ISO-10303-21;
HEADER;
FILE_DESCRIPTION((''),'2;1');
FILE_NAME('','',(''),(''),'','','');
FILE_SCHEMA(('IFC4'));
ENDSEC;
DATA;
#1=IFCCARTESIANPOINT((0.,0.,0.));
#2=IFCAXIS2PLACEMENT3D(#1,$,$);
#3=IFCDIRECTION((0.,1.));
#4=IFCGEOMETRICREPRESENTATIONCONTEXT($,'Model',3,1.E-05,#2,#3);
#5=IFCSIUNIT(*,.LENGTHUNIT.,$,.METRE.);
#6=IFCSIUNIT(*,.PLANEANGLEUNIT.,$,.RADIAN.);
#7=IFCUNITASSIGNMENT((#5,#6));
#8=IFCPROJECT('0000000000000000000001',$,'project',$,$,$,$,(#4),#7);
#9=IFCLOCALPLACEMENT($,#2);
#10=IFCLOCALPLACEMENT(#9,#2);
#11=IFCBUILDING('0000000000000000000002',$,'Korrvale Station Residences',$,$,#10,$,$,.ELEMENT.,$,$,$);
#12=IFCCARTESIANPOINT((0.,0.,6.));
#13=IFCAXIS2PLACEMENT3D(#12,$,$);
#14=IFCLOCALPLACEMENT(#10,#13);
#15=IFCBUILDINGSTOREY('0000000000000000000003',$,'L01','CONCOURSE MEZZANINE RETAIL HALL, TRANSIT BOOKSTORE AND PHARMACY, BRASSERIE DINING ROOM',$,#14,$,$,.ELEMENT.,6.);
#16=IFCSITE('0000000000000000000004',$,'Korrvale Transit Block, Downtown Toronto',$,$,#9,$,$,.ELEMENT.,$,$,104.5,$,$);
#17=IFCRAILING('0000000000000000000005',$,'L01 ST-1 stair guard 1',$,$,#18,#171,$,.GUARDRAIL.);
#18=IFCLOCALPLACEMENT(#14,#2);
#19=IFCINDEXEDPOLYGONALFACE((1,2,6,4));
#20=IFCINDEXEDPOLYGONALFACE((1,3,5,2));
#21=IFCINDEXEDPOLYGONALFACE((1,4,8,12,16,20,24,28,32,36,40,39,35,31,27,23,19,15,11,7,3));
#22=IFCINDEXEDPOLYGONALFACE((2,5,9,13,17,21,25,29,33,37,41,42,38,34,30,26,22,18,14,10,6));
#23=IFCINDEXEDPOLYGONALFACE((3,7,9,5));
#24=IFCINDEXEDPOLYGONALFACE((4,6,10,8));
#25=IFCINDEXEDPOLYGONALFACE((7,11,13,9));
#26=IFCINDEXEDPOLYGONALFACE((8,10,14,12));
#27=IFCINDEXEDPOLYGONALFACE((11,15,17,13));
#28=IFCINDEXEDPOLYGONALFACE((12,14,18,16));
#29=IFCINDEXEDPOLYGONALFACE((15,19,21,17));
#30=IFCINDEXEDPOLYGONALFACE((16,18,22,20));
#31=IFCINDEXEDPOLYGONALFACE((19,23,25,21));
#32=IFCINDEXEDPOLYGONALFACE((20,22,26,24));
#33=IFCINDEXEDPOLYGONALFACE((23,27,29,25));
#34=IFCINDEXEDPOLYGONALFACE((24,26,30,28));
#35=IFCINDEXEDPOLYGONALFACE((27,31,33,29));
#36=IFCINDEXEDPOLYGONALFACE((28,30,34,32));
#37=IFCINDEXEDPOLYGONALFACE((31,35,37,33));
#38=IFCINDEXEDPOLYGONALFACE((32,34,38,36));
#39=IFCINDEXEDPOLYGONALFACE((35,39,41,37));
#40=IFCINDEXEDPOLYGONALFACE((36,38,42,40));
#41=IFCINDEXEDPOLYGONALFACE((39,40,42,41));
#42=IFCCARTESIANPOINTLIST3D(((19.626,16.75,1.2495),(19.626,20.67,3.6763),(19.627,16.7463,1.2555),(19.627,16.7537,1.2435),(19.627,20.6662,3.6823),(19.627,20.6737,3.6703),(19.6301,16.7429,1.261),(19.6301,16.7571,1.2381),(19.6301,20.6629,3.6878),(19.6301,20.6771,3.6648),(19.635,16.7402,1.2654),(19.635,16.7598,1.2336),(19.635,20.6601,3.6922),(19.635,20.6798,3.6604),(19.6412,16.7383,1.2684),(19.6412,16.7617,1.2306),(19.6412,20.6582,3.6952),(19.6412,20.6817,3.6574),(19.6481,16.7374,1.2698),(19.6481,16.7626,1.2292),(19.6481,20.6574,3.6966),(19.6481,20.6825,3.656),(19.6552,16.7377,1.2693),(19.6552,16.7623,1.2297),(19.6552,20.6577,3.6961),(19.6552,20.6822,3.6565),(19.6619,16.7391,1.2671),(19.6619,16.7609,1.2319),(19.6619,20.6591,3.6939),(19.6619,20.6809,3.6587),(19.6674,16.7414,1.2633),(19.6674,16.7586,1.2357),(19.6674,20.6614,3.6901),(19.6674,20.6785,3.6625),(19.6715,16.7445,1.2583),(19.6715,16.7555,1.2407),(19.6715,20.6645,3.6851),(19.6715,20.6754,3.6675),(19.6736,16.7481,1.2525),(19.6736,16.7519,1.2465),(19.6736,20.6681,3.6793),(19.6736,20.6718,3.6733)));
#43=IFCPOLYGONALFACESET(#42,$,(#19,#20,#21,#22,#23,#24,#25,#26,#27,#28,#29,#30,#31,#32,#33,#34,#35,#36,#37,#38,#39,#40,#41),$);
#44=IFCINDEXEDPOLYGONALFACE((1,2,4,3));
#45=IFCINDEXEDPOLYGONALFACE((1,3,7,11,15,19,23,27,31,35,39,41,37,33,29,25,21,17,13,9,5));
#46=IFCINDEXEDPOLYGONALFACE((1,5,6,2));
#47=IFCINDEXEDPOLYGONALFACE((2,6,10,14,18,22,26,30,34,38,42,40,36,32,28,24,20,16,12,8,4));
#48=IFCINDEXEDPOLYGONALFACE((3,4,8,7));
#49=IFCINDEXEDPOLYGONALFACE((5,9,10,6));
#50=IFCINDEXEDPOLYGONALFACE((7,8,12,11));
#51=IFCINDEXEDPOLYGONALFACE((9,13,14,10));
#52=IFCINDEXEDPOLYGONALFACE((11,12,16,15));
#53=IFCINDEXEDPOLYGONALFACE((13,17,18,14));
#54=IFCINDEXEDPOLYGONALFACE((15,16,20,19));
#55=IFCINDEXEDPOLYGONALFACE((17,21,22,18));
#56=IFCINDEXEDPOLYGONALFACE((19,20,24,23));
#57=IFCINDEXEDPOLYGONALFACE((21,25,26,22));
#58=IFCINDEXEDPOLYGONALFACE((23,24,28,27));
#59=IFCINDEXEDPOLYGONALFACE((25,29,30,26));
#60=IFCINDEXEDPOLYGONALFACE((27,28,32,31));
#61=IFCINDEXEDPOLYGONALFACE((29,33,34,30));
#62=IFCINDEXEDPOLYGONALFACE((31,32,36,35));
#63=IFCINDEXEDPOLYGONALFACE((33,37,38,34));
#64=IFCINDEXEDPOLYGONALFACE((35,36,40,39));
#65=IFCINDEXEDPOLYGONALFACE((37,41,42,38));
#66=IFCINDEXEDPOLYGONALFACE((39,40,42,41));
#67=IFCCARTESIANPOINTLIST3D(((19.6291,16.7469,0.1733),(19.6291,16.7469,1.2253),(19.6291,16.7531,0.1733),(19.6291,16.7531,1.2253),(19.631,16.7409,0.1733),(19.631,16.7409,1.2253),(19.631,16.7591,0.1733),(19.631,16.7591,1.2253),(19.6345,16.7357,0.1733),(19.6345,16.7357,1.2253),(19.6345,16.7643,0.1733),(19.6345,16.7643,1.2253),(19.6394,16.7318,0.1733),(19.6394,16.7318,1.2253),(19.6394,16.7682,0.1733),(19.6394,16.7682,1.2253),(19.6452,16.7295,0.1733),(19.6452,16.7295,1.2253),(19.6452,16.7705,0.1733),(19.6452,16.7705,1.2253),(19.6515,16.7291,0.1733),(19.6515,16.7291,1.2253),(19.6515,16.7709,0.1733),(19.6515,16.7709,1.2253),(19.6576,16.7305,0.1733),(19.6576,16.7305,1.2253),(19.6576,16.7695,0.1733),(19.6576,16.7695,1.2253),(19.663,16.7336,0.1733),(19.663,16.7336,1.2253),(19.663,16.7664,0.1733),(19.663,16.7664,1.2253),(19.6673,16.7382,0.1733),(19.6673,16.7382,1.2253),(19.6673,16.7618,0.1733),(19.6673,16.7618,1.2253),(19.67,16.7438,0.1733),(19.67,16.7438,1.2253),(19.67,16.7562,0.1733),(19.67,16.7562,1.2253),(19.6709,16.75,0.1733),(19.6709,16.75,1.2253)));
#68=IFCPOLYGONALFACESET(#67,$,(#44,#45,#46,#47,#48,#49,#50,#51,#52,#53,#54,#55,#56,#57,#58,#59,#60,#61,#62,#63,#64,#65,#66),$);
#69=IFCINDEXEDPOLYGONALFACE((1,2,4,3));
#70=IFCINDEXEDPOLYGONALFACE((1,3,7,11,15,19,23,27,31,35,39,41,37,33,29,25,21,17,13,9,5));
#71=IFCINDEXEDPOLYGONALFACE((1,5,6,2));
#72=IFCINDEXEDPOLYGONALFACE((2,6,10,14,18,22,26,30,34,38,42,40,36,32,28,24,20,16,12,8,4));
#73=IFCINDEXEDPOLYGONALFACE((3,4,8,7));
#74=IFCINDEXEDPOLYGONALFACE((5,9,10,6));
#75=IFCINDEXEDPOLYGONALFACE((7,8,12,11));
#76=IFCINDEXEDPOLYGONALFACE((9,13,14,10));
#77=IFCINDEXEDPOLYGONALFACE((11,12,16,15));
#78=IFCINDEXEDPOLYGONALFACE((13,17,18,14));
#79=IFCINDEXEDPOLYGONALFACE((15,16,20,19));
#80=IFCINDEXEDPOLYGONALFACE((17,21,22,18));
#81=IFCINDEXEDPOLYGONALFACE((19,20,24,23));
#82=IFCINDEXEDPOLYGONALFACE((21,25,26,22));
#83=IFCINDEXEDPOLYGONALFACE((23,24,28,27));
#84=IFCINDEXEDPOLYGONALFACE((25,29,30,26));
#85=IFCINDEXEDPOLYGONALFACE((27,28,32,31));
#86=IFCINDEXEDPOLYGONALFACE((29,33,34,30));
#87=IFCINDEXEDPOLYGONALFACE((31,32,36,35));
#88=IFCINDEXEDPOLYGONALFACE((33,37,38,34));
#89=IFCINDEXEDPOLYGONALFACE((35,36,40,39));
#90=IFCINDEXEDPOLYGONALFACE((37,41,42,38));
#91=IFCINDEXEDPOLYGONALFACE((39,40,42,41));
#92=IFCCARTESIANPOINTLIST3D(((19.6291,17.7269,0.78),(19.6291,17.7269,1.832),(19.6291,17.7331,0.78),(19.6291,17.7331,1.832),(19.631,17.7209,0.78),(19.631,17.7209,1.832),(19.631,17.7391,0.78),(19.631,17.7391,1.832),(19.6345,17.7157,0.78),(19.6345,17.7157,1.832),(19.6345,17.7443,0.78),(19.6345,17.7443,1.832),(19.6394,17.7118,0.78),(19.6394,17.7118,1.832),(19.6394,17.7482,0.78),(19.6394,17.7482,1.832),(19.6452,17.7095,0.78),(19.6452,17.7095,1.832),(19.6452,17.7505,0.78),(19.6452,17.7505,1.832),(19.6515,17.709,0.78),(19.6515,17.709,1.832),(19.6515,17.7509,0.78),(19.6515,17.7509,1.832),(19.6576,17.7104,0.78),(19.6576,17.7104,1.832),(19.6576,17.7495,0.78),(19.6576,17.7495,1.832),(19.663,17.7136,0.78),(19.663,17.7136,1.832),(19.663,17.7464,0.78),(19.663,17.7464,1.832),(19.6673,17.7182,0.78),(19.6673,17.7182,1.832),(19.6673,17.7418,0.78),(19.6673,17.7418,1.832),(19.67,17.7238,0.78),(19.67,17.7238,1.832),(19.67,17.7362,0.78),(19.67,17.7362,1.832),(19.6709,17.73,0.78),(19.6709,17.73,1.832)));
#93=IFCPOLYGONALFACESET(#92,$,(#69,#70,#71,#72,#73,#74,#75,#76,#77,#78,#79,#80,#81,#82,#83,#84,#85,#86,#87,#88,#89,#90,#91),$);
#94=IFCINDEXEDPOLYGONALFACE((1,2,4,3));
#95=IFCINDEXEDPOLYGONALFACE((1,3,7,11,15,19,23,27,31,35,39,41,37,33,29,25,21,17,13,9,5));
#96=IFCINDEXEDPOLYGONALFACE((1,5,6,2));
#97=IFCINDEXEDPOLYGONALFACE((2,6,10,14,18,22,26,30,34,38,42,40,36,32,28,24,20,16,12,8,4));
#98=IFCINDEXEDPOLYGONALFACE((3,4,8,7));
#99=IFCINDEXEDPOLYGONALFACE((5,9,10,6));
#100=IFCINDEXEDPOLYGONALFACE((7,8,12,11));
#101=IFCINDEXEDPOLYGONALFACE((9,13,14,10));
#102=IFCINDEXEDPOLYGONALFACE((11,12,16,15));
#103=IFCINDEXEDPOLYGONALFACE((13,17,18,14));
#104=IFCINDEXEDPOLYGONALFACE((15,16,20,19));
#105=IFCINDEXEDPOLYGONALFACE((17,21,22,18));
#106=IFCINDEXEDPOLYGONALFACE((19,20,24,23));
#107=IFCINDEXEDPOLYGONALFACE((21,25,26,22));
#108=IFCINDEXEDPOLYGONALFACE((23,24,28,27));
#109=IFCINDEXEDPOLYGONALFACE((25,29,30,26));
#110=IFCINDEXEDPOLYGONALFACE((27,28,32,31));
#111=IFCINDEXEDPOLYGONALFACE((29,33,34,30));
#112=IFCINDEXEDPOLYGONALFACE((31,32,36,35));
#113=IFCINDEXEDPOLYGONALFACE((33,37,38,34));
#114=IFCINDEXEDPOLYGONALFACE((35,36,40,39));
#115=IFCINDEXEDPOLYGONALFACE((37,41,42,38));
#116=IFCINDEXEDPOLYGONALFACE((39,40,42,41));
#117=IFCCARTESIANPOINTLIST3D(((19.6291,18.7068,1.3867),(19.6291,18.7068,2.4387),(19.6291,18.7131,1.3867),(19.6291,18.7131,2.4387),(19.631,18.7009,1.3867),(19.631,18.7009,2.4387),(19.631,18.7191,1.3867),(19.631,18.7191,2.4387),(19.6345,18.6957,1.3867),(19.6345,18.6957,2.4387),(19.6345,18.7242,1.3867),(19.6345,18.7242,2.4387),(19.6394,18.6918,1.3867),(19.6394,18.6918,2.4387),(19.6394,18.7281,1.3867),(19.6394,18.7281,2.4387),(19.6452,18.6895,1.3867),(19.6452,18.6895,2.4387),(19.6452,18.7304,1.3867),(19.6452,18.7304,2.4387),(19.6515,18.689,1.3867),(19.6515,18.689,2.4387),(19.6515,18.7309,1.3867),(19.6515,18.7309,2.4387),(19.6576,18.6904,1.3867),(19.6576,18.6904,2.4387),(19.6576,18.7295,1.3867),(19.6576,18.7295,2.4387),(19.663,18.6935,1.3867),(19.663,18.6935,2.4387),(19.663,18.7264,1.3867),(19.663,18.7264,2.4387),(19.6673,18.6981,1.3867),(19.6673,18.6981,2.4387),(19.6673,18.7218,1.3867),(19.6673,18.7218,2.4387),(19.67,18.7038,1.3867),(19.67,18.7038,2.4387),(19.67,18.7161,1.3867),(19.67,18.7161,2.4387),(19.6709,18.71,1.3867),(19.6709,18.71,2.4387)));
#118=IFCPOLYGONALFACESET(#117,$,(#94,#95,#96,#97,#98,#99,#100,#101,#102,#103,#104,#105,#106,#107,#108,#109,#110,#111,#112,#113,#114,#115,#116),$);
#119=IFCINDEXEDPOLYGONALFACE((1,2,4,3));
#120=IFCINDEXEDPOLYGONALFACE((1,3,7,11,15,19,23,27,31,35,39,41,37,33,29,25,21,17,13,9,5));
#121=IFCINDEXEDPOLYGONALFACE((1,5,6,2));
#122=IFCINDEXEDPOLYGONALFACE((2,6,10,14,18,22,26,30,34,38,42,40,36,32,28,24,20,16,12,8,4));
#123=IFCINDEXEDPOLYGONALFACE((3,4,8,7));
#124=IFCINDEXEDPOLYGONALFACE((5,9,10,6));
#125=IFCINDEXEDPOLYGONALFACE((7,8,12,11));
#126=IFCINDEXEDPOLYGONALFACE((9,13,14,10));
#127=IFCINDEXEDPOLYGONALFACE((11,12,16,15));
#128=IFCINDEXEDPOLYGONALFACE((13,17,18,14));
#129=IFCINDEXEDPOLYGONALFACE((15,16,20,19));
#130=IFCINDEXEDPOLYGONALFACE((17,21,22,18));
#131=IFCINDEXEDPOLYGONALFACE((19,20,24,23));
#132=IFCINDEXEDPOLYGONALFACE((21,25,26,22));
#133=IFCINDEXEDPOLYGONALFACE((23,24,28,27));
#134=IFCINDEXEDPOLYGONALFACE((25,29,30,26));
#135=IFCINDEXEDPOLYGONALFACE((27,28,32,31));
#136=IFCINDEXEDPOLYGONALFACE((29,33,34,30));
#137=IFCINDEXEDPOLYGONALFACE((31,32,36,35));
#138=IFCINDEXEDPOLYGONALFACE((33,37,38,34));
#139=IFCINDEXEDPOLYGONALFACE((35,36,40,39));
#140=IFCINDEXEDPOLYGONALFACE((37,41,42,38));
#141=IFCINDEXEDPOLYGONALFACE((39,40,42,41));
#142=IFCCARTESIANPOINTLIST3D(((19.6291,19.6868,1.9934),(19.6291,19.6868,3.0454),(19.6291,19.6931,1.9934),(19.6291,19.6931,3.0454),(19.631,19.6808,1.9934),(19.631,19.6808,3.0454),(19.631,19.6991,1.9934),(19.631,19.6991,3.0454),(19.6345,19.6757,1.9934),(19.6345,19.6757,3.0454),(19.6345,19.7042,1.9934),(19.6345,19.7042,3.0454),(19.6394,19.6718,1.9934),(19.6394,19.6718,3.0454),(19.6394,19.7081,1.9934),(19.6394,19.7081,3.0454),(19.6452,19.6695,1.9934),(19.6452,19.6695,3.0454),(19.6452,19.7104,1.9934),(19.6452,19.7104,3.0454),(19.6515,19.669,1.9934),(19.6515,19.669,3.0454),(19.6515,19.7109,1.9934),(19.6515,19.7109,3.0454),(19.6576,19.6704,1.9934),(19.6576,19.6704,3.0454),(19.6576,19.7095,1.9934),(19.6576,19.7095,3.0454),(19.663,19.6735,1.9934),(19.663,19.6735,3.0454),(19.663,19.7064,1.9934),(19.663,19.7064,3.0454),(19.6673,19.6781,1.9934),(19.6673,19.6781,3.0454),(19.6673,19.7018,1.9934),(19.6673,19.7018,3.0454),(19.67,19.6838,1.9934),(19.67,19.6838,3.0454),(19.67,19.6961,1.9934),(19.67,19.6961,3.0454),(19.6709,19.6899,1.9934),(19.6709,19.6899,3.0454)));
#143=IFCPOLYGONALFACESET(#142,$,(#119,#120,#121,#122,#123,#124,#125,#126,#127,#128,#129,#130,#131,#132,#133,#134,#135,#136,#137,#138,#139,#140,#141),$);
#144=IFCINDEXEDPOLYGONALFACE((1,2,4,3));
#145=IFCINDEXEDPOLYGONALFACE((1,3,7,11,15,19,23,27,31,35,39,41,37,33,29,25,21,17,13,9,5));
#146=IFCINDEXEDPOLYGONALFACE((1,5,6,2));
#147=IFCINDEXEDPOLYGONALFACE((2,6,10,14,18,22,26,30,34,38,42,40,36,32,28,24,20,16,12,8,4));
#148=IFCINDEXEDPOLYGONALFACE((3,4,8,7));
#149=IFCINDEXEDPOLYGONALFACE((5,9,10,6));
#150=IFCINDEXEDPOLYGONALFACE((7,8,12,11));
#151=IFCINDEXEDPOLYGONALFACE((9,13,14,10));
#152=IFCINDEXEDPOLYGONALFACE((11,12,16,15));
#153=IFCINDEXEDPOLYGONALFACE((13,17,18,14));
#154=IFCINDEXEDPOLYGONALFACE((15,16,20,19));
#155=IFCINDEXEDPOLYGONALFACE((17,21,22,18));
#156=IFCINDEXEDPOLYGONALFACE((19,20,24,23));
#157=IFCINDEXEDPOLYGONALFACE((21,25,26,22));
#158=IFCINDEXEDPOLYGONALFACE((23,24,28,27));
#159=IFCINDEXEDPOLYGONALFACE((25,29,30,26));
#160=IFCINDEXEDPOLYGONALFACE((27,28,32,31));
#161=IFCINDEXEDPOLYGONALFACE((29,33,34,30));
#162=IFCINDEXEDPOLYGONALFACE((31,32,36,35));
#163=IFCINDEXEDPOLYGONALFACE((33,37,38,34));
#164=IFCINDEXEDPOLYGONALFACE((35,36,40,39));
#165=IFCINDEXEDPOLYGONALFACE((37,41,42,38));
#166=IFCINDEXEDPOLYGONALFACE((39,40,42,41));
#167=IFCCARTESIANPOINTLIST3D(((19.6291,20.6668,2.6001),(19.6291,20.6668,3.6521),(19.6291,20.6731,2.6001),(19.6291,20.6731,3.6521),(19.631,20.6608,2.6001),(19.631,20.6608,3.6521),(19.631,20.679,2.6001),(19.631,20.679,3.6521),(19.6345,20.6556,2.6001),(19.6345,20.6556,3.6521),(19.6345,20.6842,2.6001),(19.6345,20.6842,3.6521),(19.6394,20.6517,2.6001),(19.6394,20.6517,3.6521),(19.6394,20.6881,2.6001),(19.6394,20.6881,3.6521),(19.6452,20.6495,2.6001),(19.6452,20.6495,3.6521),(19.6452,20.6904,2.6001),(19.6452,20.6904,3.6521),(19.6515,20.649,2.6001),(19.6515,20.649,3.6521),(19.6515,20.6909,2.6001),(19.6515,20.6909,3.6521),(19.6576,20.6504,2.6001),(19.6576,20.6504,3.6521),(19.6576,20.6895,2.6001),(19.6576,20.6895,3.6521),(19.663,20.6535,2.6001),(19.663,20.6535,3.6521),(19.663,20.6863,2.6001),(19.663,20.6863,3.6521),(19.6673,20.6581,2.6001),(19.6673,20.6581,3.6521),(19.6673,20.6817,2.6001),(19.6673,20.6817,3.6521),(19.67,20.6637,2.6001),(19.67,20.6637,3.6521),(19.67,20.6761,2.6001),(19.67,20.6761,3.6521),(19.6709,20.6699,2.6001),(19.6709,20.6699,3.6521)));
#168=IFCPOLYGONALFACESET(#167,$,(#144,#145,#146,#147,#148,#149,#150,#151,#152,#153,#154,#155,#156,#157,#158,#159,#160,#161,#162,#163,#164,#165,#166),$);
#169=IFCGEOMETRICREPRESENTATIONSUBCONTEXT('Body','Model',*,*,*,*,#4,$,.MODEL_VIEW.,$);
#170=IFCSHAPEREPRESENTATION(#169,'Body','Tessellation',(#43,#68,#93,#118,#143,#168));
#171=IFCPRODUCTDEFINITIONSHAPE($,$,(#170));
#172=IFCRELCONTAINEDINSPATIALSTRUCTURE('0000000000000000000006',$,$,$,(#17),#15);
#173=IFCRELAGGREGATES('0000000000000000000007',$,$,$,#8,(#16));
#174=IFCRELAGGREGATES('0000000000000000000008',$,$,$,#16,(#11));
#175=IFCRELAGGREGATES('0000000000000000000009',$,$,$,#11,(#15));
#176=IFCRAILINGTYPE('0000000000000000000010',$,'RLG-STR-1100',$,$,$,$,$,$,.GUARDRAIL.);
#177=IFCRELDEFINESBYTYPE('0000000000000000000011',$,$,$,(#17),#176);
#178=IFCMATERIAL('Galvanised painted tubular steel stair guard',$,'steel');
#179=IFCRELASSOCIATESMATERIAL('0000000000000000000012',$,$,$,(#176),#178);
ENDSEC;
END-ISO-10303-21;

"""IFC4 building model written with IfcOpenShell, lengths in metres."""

from ifc_helpers import new_model, si_unit, direction, frame, origin, origin_2d, place, context, subcontext, project, spatial, circle, extrude, material, type_object, element, save


model = new_model("IFC4")

# Units and contexts
model_context = context("Model", 3, precision=1e-05, world=origin(), true_north=direction((0.0, 1.0)))
body_context = subcontext(model_context, "Body", "Model", "MODEL_VIEW")
ifc_project = project(units=[si_unit("LENGTHUNIT", "METRE"), si_unit("PLANEANGLEUNIT", "RADIAN")], contexts=[model_context])

# Site, building, storey
site_placement = place(None, origin())
site = spatial("IfcSite", under=ifc_project, at=site_placement, Name="Korrvale Transit Block, Downtown Toronto", CompositionType="ELEMENT", RefElevation=104.5)
building_placement = place(site_placement, origin())
building = spatial("IfcBuilding", under=site, at=building_placement, Name="Korrvale Station Residences", CompositionType="ELEMENT")
storey_placement = place(building_placement, frame((0.0, 0.0, 6.0)))
storey = spatial("IfcBuildingStorey", under=building, at=storey_placement, Name="L01", Description="CONCOURSE MEZZANINE RETAIL HALL, TRANSIT BOOKSTORE AND PHARMACY, BRASSERIE DINING ROOM", CompositionType="ELEMENT", Elevation=6.0)

# Railing
ifc_material_1 = material(Name="Galvanised painted tubular steel stair guard", Category="steel")
railing_type_1 = type_object("IfcRailingType", Name="RLG-STR-1100", PredefinedType="GUARDRAIL", material=ifc_material_1)
railing_1_placement = place(storey_placement, frame((19.6499, 16.75, 0.1733)))
element("IfcRailing", 1, at=railing_1_placement, inside=storey, type_object=railing_type_1, Name="L01 ST-1 stair guard 1", PredefinedType="GUARDRAIL", context=body_context, shape_type="SweptSolid", body=[
    extrude(circle(Radius=0.0239, at=origin_2d()), frame((0.0, 0.0, 1.0762), z_axis=(0.0, 0.850252, 0.526376), x_axis=(-1.0, 0.0, 0.0)), (0.0, 0.0, 1.0), 4.6104),
    extrude(circle(Radius=0.021, at=origin_2d()), origin(), (0.0, 0.0, 1.0), 1.052),
    extrude(circle(Radius=0.021, at=origin_2d()), frame((0.0, 0.98, 0.6067)), (0.0, 0.0, 1.0), 1.052),
    extrude(circle(Radius=0.021, at=origin_2d()), frame((0.0, 1.96, 1.2134)), (0.0, 0.0, 1.0), 1.052),
    extrude(circle(Radius=0.021, at=origin_2d()), frame((0.0, 2.9399, 1.8201)), (0.0, 0.0, 1.0), 1.052),
    extrude(circle(Radius=0.021, at=origin_2d()), frame((0.0, 3.9199, 2.4268)), (0.0, 0.0, 1.0), 1.052),
])

save(model, "model.ifc")
